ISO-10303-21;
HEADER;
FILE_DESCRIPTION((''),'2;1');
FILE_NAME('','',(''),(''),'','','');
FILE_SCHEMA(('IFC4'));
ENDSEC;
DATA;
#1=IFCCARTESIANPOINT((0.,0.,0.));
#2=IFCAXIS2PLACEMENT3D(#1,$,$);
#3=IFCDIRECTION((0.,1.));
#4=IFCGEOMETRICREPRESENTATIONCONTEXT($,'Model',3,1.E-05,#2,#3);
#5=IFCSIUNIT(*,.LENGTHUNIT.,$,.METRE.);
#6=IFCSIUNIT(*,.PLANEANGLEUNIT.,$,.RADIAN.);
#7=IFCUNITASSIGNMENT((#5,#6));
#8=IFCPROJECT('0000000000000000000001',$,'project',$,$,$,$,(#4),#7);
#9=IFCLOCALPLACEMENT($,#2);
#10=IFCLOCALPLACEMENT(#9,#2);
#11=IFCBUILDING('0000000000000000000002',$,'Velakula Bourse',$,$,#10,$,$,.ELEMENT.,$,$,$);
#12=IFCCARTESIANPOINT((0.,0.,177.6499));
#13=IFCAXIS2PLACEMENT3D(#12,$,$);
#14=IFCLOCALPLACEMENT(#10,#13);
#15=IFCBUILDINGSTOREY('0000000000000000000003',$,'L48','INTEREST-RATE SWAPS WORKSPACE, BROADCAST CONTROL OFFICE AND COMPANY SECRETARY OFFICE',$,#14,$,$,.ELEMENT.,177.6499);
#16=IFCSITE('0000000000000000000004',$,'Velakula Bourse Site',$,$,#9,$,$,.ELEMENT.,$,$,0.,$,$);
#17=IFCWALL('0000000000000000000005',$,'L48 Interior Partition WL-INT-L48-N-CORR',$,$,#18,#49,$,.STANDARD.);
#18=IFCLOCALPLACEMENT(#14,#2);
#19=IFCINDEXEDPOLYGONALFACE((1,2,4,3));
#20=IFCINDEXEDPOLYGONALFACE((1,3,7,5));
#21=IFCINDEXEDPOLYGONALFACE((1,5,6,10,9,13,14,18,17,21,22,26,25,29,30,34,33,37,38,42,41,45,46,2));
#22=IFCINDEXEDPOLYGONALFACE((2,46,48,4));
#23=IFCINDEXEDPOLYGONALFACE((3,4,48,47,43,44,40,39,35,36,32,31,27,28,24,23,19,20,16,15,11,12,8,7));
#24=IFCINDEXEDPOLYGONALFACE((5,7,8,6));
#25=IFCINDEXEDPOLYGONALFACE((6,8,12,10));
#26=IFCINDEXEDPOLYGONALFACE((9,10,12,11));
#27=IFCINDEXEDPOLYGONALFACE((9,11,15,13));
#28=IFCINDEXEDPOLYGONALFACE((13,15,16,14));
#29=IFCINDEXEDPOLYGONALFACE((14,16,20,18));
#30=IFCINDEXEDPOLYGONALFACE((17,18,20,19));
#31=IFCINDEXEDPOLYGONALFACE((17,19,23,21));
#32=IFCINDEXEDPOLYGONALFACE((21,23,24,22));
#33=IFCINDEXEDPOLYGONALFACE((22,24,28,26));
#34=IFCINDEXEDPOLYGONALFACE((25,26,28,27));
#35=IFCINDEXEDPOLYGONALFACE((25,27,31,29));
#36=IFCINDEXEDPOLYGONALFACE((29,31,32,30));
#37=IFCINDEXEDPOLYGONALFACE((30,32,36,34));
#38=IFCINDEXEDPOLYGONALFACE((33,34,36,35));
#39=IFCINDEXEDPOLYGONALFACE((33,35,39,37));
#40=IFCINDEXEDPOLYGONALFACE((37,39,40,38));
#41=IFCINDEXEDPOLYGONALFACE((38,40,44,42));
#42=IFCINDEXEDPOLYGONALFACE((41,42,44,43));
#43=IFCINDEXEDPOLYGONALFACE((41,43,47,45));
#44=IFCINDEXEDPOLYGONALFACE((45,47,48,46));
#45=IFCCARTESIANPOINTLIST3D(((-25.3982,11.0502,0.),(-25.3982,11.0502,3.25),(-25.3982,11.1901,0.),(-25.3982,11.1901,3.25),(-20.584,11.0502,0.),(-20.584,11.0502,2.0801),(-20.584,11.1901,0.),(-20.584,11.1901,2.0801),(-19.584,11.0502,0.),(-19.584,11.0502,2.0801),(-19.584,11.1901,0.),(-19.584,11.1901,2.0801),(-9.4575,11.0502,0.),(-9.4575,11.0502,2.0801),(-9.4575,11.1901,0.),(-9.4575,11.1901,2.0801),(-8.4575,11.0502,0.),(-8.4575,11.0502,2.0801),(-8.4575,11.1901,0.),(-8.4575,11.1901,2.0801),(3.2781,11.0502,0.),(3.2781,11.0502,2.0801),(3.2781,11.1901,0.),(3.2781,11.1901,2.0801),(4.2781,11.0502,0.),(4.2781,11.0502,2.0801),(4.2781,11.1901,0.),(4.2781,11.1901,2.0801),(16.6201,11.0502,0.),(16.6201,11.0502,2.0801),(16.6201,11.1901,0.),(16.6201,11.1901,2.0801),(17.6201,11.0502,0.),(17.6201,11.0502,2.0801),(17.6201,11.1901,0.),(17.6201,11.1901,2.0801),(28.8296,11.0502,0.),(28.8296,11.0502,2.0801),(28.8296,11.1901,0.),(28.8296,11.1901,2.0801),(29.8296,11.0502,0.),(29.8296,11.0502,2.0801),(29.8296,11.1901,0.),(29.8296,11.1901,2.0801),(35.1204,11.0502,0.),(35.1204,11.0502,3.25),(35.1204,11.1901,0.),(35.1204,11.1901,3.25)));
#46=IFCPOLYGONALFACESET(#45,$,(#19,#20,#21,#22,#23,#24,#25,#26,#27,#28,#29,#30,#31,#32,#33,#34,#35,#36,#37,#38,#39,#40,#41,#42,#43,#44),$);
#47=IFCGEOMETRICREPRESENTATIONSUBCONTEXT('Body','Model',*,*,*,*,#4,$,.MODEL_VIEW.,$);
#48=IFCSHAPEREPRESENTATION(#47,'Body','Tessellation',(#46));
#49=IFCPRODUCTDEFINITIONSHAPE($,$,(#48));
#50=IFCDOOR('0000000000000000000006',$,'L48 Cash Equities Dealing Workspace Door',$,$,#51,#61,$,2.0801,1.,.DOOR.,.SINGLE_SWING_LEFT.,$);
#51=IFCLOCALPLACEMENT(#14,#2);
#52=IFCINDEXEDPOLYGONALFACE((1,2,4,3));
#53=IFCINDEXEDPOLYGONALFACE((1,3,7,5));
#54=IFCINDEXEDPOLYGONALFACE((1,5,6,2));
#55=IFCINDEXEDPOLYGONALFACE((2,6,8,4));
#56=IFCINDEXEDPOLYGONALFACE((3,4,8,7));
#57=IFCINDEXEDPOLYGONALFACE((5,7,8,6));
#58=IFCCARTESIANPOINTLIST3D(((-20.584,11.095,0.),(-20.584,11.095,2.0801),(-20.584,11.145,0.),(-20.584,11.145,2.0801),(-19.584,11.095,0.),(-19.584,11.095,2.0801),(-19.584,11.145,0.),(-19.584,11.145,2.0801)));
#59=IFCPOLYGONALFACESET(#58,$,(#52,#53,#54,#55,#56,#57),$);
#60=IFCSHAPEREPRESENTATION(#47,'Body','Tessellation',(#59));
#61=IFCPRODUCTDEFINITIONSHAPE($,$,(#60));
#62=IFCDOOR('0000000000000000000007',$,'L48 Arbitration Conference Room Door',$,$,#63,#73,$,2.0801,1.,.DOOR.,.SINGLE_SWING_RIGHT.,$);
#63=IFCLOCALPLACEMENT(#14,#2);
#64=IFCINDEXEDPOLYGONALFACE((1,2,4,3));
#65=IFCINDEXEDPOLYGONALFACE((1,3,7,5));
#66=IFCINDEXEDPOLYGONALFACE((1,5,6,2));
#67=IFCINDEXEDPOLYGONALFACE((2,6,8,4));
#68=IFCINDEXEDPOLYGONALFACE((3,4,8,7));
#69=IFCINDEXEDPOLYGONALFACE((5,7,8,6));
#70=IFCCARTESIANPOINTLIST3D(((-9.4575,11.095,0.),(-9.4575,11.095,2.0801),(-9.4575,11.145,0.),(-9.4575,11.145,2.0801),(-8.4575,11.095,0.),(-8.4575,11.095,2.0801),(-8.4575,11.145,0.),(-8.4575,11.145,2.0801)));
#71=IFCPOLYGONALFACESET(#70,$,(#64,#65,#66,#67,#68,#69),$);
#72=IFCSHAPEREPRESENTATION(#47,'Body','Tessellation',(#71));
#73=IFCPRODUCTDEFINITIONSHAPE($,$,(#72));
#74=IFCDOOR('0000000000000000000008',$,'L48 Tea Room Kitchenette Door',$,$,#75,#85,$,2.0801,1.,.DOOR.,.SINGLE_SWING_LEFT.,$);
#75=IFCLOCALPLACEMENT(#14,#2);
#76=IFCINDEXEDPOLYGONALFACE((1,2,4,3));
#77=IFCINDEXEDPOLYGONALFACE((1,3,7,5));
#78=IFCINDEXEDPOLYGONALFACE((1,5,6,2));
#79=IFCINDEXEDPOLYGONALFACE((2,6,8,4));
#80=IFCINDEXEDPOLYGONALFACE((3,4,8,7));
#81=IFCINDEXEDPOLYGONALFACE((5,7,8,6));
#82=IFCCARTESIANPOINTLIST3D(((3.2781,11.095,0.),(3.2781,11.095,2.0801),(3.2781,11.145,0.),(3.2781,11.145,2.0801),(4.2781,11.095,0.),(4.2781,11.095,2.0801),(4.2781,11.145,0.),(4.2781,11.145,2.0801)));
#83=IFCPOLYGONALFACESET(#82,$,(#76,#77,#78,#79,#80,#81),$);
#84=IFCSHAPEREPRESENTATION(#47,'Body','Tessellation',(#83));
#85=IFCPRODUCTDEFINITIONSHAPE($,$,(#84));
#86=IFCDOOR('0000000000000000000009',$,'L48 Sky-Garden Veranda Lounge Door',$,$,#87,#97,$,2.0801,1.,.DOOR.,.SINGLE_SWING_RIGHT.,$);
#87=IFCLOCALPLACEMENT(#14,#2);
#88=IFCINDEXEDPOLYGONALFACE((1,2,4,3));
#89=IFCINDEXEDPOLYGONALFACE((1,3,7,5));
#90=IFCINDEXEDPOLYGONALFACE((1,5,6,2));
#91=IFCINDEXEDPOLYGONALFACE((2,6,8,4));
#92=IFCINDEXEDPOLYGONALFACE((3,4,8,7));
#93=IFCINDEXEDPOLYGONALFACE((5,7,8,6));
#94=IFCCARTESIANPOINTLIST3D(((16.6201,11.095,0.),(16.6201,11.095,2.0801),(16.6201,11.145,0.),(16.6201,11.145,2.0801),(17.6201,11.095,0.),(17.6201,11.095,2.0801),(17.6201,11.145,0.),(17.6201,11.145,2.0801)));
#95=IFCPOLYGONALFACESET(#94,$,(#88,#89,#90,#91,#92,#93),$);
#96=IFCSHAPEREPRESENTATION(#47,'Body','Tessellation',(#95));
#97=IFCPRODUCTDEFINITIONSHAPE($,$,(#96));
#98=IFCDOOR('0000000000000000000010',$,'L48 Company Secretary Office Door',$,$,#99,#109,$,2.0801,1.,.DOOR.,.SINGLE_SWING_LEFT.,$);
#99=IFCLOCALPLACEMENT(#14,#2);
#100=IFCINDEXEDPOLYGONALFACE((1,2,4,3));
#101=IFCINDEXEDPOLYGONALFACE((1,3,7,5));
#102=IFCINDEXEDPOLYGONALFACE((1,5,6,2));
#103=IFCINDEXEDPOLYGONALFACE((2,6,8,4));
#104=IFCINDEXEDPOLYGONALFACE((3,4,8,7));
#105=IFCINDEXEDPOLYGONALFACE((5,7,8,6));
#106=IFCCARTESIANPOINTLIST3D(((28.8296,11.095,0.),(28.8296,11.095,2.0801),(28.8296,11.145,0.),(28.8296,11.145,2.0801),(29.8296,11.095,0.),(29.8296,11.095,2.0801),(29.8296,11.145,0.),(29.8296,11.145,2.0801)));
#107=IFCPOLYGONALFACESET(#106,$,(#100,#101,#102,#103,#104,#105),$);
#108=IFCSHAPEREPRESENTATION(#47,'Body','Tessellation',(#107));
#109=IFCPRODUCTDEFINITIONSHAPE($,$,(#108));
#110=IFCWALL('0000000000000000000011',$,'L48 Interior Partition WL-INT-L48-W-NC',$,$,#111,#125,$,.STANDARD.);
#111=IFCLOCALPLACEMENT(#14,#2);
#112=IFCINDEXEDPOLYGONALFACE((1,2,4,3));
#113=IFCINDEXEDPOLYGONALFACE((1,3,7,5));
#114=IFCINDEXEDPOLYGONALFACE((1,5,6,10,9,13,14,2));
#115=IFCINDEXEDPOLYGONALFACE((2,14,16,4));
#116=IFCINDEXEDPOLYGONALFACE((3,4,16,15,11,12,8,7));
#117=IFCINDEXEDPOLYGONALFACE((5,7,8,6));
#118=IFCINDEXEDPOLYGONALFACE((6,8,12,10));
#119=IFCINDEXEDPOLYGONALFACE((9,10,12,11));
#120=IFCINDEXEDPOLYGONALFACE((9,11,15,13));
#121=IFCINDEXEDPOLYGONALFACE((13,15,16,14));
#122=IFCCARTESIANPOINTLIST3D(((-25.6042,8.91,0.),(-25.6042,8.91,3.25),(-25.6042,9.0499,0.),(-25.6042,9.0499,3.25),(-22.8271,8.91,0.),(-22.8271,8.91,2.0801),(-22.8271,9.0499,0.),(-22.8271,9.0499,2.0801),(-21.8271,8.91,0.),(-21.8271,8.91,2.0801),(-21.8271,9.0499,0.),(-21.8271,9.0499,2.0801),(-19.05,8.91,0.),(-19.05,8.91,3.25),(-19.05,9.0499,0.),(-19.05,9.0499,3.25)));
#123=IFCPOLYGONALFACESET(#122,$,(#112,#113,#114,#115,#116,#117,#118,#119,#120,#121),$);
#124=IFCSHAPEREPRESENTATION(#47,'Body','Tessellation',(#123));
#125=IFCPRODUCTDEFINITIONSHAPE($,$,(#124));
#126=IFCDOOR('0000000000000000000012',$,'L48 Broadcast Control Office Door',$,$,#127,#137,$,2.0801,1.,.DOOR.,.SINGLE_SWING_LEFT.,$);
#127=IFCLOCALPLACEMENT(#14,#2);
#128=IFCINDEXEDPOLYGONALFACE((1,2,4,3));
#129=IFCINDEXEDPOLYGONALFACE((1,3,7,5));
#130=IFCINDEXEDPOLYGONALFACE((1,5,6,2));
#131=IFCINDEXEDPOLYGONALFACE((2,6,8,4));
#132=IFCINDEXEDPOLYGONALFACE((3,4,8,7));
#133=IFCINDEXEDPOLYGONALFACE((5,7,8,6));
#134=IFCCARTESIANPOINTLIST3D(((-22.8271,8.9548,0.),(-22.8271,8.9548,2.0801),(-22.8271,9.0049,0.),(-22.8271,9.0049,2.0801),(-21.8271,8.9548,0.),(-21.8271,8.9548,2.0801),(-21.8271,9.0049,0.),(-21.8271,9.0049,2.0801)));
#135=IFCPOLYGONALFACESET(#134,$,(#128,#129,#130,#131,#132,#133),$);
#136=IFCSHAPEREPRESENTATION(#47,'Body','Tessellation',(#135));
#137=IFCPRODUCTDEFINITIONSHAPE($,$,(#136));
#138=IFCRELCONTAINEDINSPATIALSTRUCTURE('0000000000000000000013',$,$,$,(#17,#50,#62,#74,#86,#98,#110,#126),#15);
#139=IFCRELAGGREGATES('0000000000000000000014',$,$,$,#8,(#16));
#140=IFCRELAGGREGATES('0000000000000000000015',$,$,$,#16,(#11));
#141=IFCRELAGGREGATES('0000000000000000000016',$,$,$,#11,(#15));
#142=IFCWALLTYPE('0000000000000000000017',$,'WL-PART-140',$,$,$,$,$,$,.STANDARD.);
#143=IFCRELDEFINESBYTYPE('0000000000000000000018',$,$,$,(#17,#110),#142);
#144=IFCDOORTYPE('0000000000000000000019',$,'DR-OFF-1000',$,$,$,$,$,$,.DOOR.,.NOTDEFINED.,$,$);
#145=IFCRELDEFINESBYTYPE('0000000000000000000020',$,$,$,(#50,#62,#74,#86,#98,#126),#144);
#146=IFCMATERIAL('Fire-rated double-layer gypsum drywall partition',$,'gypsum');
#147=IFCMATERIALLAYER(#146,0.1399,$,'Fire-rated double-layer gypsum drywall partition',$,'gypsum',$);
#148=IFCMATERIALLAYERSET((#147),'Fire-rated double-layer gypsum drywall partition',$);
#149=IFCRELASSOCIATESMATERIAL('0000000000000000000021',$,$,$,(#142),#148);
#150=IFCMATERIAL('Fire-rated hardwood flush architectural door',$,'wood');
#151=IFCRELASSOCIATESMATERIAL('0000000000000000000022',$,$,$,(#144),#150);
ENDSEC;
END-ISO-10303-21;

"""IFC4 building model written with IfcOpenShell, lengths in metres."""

from ifc_helpers import new_model, si_unit, direction, frame, frame_2d, origin, place, context, subcontext, project, spatial, rectangle, extrude, material, layer, layer_set, type_object, element, fill, save


model = new_model("IFC4")

# Units and contexts
model_context = context("Model", 3, precision=1e-05, world=origin(), true_north=direction((0.0, 1.0)))
body_context = subcontext(model_context, "Body", "Model", "MODEL_VIEW")
ifc_project = project(units=[si_unit("LENGTHUNIT", "METRE"), si_unit("PLANEANGLEUNIT", "RADIAN")], contexts=[model_context])

# Site, building, storey
site_placement = place(None, origin())
site = spatial("IfcSite", under=ifc_project, at=site_placement, Name="Velakula Bourse Site", CompositionType="ELEMENT", RefElevation=0.0)
building_placement = place(site_placement, origin())
building = spatial("IfcBuilding", under=site, at=building_placement, Name="Velakula Bourse", CompositionType="ELEMENT")
storey_placement = place(building_placement, frame((0.0, 0.0, 177.6499)))
storey = spatial("IfcBuildingStorey", under=building, at=storey_placement, Name="L48", Description="INTEREST-RATE SWAPS WORKSPACE, BROADCAST CONTROL OFFICE AND COMPANY SECRETARY OFFICE", CompositionType="ELEMENT", Elevation=177.6499)

# Shared definitions
ifc_material_1 = material(Name="Fire-rated hardwood flush architectural door", Category="wood")

# Wall, openings, doors
ifc_material_2 = material(Name="Fire-rated double-layer gypsum drywall partition", Category="gypsum")
ifc_layer_1 = layer(ifc_material_2, 0.1399, Name="Fire-rated double-layer gypsum drywall partition", Category="gypsum")
ifc_layer_set_1 = layer_set([ifc_layer_1], Name="Fire-rated double-layer gypsum drywall partition")
wall_type_1 = type_object("IfcWallType", Name="WL-PART-140", PredefinedType="STANDARD", material=ifc_layer_set_1)
wall_1_placement = place(storey_placement, frame((-25.3982, 11.1201, 0.0), z_axis=(0.0, 0.0, 1.0), x_axis=(1.0, 0.0, 0.0)))
wall_1 = element("IfcWall", 1, at=wall_1_placement, inside=storey, type_object=wall_type_1, Name="L48 Interior Partition WL-INT-L48-N-CORR", PredefinedType="STANDARD", context=body_context, shape_type="SweptSolid", body=[
    extrude(rectangle(XDim=60.5186, YDim=0.1399, at=frame_2d((30.2593, 0.0))), origin(), (0.0, 0.0, 1.0), 3.25),
])
opening_1_placement = place(wall_1_placement, frame((4.8142, 0.0, 0.0)))
opening_1 = element("IfcOpeningElement", 2, at=opening_1_placement, cuts=wall_1, PredefinedType="OPENING", context=body_context, shape_type="SweptSolid", body=[
    extrude(rectangle(XDim=1.0, YDim=2.0801, at=frame_2d((0.5, 1.04))), frame((0.0, 0.0798, 0.0), z_axis=(0.0, -1.0, 0.0), x_axis=(1.0, 0.0, 0.0)), (0.0, 0.0, 1.0), 0.1599),
])
opening_2_placement = place(wall_1_placement, frame((15.9407, 0.0, 0.0)))
opening_2 = element("IfcOpeningElement", 3, at=opening_2_placement, cuts=wall_1, PredefinedType="OPENING", context=body_context, shape_type="SweptSolid", body=[
    extrude(rectangle(XDim=1.0, YDim=2.0801, at=frame_2d((0.5, 1.04))), frame((0.0, 0.0798, 0.0), z_axis=(0.0, -1.0, 0.0), x_axis=(1.0, 0.0, 0.0)), (0.0, 0.0, 1.0), 0.1599),
])
opening_3_placement = place(wall_1_placement, frame((28.6763, 0.0, 0.0)))
opening_3 = element("IfcOpeningElement", 4, at=opening_3_placement, cuts=wall_1, PredefinedType="OPENING", context=body_context, shape_type="SweptSolid", body=[
    extrude(rectangle(XDim=1.0, YDim=2.0801, at=frame_2d((0.5, 1.04))), frame((0.0, 0.0798, 0.0), z_axis=(0.0, -1.0, 0.0), x_axis=(1.0, 0.0, 0.0)), (0.0, 0.0, 1.0), 0.1599),
])
opening_4_placement = place(wall_1_placement, frame((42.0183, 0.0, 0.0)))
opening_4 = element("IfcOpeningElement", 5, at=opening_4_placement, cuts=wall_1, PredefinedType="OPENING", context=body_context, shape_type="SweptSolid", body=[
    extrude(rectangle(XDim=1.0, YDim=2.0801, at=frame_2d((0.5, 1.04))), frame((0.0, 0.0798, 0.0), z_axis=(0.0, -1.0, 0.0), x_axis=(1.0, 0.0, 0.0)), (0.0, 0.0, 1.0), 0.1599),
])
opening_5_placement = place(wall_1_placement, frame((54.2278, 0.0, 0.0)))
opening_5 = element("IfcOpeningElement", 6, at=opening_5_placement, cuts=wall_1, PredefinedType="OPENING", context=body_context, shape_type="SweptSolid", body=[
    extrude(rectangle(XDim=1.0, YDim=2.0801, at=frame_2d((0.5, 1.04))), frame((0.0, 0.0798, 0.0), z_axis=(0.0, -1.0, 0.0), x_axis=(1.0, 0.0, 0.0)), (0.0, 0.0, 1.0), 0.1599),
])
door_type_1 = type_object("IfcDoorType", Name="DR-OFF-1000", OperationType="NOTDEFINED", PredefinedType="DOOR", material=ifc_material_1)
door_1_placement = place(opening_1_placement, origin())
door_1 = element("IfcDoor", 7, at=door_1_placement, inside=storey, type_object=door_type_1, Name="L48 Cash Equities Dealing Workspace Door", OperationType="SINGLE_SWING_LEFT", OverallHeight=2.0801, OverallWidth=1.0, PredefinedType="DOOR", context=body_context, shape_type="SweptSolid", body=[
    extrude(rectangle(XDim=1.0, YDim=2.0801, at=frame_2d((0.5, 1.04))), frame((0.0, 0.0249, 0.0), z_axis=(0.0, -1.0, 0.0), x_axis=(1.0, 0.0, 0.0)), (0.0, 0.0, 1.0), 0.05),
])
fill(opening_1, door_1)
door_2_placement = place(opening_2_placement, origin())
door_2 = element("IfcDoor", 8, at=door_2_placement, inside=storey, type_object=door_type_1, Name="L48 Arbitration Conference Room Door", OperationType="SINGLE_SWING_RIGHT", OverallHeight=2.0801, OverallWidth=1.0, PredefinedType="DOOR", context=body_context, shape_type="SweptSolid", body=[
    extrude(rectangle(XDim=1.0, YDim=2.0801, at=frame_2d((0.5, 1.04))), frame((0.0, 0.0249, 0.0), z_axis=(0.0, -1.0, 0.0), x_axis=(1.0, 0.0, 0.0)), (0.0, 0.0, 1.0), 0.05),
])
fill(opening_2, door_2)
door_3_placement = place(opening_3_placement, origin())
door_3 = element("IfcDoor", 9, at=door_3_placement, inside=storey, type_object=door_type_1, Name="L48 Tea Room Kitchenette Door", OperationType="SINGLE_SWING_LEFT", OverallHeight=2.0801, OverallWidth=1.0, PredefinedType="DOOR", context=body_context, shape_type="SweptSolid", body=[
    extrude(rectangle(XDim=1.0, YDim=2.0801, at=frame_2d((0.5, 1.04))), frame((0.0, 0.0249, 0.0), z_axis=(0.0, -1.0, 0.0), x_axis=(1.0, 0.0, 0.0)), (0.0, 0.0, 1.0), 0.05),
])
fill(opening_3, door_3)
door_4_placement = place(opening_4_placement, origin())
door_4 = element("IfcDoor", 10, at=door_4_placement, inside=storey, type_object=door_type_1, Name="L48 Sky-Garden Veranda Lounge Door", OperationType="SINGLE_SWING_RIGHT", OverallHeight=2.0801, OverallWidth=1.0, PredefinedType="DOOR", context=body_context, shape_type="SweptSolid", body=[
    extrude(rectangle(XDim=1.0, YDim=2.0801, at=frame_2d((0.5, 1.04))), frame((0.0, 0.0249, 0.0), z_axis=(0.0, -1.0, 0.0), x_axis=(1.0, 0.0, 0.0)), (0.0, 0.0, 1.0), 0.05),
])
fill(opening_4, door_4)
door_5_placement = place(opening_5_placement, origin())
door_5 = element("IfcDoor", 11, at=door_5_placement, inside=storey, type_object=door_type_1, Name="L48 Company Secretary Office Door", OperationType="SINGLE_SWING_LEFT", OverallHeight=2.0801, OverallWidth=1.0, PredefinedType="DOOR", context=body_context, shape_type="SweptSolid", body=[
    extrude(rectangle(XDim=1.0, YDim=2.0801, at=frame_2d((0.5, 1.04))), frame((0.0, 0.0249, 0.0), z_axis=(0.0, -1.0, 0.0), x_axis=(1.0, 0.0, 0.0)), (0.0, 0.0, 1.0), 0.05),
])
fill(opening_5, door_5)

# Wall, opening, door
wall_2_placement = place(storey_placement, frame((-25.6042, 8.98, 0.0), z_axis=(0.0, 0.0, 1.0), x_axis=(1.0, 0.0, 0.0)))
wall_2 = element("IfcWall", 12, at=wall_2_placement, inside=storey, type_object=wall_type_1, Name="L48 Interior Partition WL-INT-L48-W-NC", PredefinedType="STANDARD", context=body_context, shape_type="SweptSolid", body=[
    extrude(rectangle(XDim=6.5542, YDim=0.1399, at=frame_2d((3.2771, 0.0))), origin(), (0.0, 0.0, 1.0), 3.25),
])
opening_6_placement = place(wall_2_placement, frame((2.7771, 0.0, 0.0)))
opening_6 = element("IfcOpeningElement", 13, at=opening_6_placement, cuts=wall_2, PredefinedType="OPENING", context=body_context, shape_type="SweptSolid", body=[
    extrude(rectangle(XDim=1.0, YDim=2.0801, at=frame_2d((0.5, 1.04))), frame((0.0, 0.0798, 0.0), z_axis=(0.0, -1.0, 0.0), x_axis=(1.0, 0.0, 0.0)), (0.0, 0.0, 1.0), 0.1599),
])
door_6_placement = place(opening_6_placement, origin())
door_6 = element("IfcDoor", 14, at=door_6_placement, inside=storey, type_object=door_type_1, Name="L48 Broadcast Control Office Door", OperationType="SINGLE_SWING_LEFT", OverallHeight=2.0801, OverallWidth=1.0, PredefinedType="DOOR", context=body_context, shape_type="SweptSolid", body=[
    extrude(rectangle(XDim=1.0, YDim=2.0801, at=frame_2d((0.5, 1.04))), frame((0.0, 0.0249, 0.0), z_axis=(0.0, -1.0, 0.0), x_axis=(1.0, 0.0, 0.0)), (0.0, 0.0, 1.0), 0.05),
])
fill(opening_6, door_6)

save(model, "model.ifc")
